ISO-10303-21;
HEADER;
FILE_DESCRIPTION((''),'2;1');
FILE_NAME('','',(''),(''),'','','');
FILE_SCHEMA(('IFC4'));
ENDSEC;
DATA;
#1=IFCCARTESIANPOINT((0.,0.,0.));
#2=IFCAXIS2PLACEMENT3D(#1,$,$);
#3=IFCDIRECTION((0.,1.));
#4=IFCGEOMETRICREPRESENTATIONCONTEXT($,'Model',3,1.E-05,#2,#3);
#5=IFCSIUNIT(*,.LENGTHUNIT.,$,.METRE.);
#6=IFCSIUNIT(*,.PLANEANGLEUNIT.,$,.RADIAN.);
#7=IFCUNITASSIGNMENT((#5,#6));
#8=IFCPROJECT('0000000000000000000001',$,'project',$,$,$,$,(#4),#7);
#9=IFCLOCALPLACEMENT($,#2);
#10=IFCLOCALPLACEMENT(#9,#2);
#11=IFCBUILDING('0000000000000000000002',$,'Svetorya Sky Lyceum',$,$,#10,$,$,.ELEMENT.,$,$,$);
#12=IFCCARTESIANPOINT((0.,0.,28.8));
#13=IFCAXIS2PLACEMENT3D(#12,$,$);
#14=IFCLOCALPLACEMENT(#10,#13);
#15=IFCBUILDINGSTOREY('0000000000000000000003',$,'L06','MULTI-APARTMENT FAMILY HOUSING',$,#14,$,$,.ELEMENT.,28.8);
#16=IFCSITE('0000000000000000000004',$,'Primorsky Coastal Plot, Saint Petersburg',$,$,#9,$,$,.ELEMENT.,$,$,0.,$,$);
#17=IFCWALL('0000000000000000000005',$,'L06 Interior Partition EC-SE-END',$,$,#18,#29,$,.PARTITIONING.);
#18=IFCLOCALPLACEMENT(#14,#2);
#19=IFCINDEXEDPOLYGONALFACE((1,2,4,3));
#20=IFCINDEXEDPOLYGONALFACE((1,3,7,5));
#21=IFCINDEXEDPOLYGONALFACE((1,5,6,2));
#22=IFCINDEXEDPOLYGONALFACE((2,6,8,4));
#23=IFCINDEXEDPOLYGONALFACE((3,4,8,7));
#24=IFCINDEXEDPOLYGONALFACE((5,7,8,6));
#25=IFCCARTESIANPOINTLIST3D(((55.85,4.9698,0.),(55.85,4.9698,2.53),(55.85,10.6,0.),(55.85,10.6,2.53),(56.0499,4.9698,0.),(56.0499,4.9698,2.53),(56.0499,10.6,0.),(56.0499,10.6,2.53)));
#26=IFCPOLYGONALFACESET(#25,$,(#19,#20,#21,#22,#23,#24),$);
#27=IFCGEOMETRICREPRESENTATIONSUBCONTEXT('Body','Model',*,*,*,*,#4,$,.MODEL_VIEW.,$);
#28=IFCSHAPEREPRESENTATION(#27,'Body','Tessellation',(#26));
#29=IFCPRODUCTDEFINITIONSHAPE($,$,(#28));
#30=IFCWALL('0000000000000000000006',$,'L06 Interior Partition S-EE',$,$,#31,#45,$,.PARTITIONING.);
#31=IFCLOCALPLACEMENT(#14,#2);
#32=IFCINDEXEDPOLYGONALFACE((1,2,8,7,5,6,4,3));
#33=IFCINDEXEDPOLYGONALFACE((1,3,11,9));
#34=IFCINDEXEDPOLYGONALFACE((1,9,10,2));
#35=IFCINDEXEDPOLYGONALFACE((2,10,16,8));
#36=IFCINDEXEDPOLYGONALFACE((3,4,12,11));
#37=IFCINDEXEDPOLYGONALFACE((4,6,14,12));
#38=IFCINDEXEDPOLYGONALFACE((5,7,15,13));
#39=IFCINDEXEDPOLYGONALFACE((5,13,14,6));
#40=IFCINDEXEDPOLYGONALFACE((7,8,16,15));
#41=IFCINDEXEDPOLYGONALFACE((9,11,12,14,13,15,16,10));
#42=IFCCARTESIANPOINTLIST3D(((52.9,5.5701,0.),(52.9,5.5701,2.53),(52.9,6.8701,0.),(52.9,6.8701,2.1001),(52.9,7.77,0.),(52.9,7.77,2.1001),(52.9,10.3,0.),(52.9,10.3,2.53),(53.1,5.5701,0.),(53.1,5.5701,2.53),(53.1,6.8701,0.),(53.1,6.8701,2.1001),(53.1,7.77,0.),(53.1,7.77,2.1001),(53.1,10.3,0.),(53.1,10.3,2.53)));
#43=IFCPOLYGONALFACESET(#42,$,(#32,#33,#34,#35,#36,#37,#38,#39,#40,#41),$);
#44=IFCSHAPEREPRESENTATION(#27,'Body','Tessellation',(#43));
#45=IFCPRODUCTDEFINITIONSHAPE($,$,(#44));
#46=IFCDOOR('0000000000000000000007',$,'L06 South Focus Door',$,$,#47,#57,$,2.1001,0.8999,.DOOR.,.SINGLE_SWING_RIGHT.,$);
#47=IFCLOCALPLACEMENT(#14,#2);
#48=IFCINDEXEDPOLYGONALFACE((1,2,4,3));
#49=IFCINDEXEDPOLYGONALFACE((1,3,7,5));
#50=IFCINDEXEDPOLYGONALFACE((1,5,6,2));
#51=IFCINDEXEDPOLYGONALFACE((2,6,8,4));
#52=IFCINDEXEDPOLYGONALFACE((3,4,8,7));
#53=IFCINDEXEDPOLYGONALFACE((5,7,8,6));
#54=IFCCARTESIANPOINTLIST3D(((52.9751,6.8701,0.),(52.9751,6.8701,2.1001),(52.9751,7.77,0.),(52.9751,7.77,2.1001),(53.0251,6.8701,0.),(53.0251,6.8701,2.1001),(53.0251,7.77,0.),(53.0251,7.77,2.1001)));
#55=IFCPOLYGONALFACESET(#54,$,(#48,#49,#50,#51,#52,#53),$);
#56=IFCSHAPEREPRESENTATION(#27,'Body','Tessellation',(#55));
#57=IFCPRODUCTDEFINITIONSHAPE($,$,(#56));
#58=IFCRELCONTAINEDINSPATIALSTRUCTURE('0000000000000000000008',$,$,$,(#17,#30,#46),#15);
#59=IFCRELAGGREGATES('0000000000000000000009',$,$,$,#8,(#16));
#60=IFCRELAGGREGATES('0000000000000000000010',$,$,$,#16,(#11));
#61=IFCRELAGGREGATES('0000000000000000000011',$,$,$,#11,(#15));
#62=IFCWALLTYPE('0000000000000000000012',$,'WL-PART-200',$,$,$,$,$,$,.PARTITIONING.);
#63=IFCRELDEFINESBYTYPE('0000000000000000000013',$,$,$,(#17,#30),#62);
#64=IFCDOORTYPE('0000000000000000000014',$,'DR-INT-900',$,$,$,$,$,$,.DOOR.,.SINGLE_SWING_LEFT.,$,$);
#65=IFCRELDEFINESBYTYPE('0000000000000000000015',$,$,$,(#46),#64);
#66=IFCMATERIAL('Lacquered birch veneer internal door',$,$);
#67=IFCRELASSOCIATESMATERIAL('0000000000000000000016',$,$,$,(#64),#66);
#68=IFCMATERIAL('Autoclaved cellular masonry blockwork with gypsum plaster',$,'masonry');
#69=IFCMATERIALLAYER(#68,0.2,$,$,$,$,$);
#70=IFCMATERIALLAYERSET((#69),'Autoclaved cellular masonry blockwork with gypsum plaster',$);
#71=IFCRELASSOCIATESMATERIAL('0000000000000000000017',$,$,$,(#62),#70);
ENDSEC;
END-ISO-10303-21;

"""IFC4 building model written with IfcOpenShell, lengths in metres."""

from ifc_helpers import new_model, si_unit, direction, frame, frame_2d, origin, place, context, subcontext, project, spatial, rectangle, extrude, material, layer, layer_set, type_object, element, fill, save


model = new_model("IFC4")

# Units and contexts
model_context = context("Model", 3, precision=1e-05, world=origin(), true_north=direction((0.0, 1.0)))
body_context = subcontext(model_context, "Body", "Model", "MODEL_VIEW")
ifc_project = project(units=[si_unit("LENGTHUNIT", "METRE"), si_unit("PLANEANGLEUNIT", "RADIAN")], contexts=[model_context])

# Site, building, storey
site_placement = place(None, origin())
site = spatial("IfcSite", under=ifc_project, at=site_placement, Name="Primorsky Coastal Plot, Saint Petersburg", CompositionType="ELEMENT", RefElevation=0.0)
building_placement = place(site_placement, origin())
building = spatial("IfcBuilding", under=site, at=building_placement, Name="Svetorya Sky Lyceum", CompositionType="ELEMENT")
storey_placement = place(building_placement, frame((0.0, 0.0, 28.8)))
storey = spatial("IfcBuildingStorey", under=building, at=storey_placement, Name="L06", Description="MULTI-APARTMENT FAMILY HOUSING", CompositionType="ELEMENT", Elevation=28.8)

# Shared definitions
ifc_material_1 = material(Name="Lacquered birch veneer internal door")
door_type_1 = type_object("IfcDoorType", Name="DR-INT-900", OperationType="SINGLE_SWING_LEFT", PredefinedType="DOOR", material=ifc_material_1)

# Shared definitions
ifc_material_2 = material(Name="Autoclaved cellular masonry blockwork with gypsum plaster", Category="masonry")
ifc_layer_1 = layer(ifc_material_2, 0.2)
ifc_layer_set_1 = layer_set([ifc_layer_1], Name="Autoclaved cellular masonry blockwork with gypsum plaster")
wall_type_1 = type_object("IfcWallType", Name="WL-PART-200", PredefinedType="PARTITIONING", material=ifc_layer_set_1)

# Wall
wall_1_placement = place(storey_placement, frame((55.95, 4.97, 0.0), z_axis=(0.0, 0.0, 1.0), x_axis=(0.0, 1.0, 0.0)))
element("IfcWall", 1, at=wall_1_placement, inside=storey, type_object=wall_type_1, Name="L06 Interior Partition EC-SE-END", PredefinedType="PARTITIONING", context=body_context, shape_type="SweptSolid", body=[
    extrude(rectangle(XDim=5.6301, YDim=0.2, at=frame_2d((2.8149, 0.0))), origin(), (0.0, 0.0, 1.0), 2.53),
])

# Wall, opening, door
wall_2_placement = place(storey_placement, frame((53.0, 5.5701, 0.0), z_axis=(0.0, 0.0, 1.0), x_axis=(0.0, 1.0, 0.0)))
wall_2 = element("IfcWall", 2, at=wall_2_placement, inside=storey, type_object=wall_type_1, Name="L06 Interior Partition S-EE", PredefinedType="PARTITIONING", context=body_context, shape_type="SweptSolid", body=[
    extrude(rectangle(XDim=4.73, YDim=0.2, at=frame_2d((2.365, 0.0))), origin(), (0.0, 0.0, 1.0), 2.53),
])
opening_1_placement = place(wall_2_placement, frame((1.3, 0.0, 0.0)))
opening_1 = element("IfcOpeningElement", 3, at=opening_1_placement, cuts=wall_2, PredefinedType="OPENING", context=body_context, shape_type="SweptSolid", body=[
    extrude(rectangle(XDim=0.8999, YDim=2.1001, at=frame_2d((0.45, 1.05))), frame((0.0, 0.1099, 0.0), z_axis=(0.0, -1.0, 0.0), x_axis=(1.0, 0.0, 0.0)), (0.0, 0.0, 1.0), 0.22),
])
door_1_placement = place(opening_1_placement, origin())
door_1 = element("IfcDoor", 4, at=door_1_placement, inside=storey, type_object=door_type_1, Name="L06 South Focus Door", OperationType="SINGLE_SWING_RIGHT", OverallHeight=2.1001, OverallWidth=0.8999, PredefinedType="DOOR", context=body_context, shape_type="SweptSolid", body=[
    extrude(rectangle(XDim=0.8999, YDim=2.1001, at=frame_2d((0.45, 1.05))), frame((0.0, 0.0249, 0.0), z_axis=(0.0, -1.0, 0.0), x_axis=(1.0, 0.0, 0.0)), (0.0, 0.0, 1.0), 0.05),
])
fill(opening_1, door_1)

save(model, "model.ifc")
